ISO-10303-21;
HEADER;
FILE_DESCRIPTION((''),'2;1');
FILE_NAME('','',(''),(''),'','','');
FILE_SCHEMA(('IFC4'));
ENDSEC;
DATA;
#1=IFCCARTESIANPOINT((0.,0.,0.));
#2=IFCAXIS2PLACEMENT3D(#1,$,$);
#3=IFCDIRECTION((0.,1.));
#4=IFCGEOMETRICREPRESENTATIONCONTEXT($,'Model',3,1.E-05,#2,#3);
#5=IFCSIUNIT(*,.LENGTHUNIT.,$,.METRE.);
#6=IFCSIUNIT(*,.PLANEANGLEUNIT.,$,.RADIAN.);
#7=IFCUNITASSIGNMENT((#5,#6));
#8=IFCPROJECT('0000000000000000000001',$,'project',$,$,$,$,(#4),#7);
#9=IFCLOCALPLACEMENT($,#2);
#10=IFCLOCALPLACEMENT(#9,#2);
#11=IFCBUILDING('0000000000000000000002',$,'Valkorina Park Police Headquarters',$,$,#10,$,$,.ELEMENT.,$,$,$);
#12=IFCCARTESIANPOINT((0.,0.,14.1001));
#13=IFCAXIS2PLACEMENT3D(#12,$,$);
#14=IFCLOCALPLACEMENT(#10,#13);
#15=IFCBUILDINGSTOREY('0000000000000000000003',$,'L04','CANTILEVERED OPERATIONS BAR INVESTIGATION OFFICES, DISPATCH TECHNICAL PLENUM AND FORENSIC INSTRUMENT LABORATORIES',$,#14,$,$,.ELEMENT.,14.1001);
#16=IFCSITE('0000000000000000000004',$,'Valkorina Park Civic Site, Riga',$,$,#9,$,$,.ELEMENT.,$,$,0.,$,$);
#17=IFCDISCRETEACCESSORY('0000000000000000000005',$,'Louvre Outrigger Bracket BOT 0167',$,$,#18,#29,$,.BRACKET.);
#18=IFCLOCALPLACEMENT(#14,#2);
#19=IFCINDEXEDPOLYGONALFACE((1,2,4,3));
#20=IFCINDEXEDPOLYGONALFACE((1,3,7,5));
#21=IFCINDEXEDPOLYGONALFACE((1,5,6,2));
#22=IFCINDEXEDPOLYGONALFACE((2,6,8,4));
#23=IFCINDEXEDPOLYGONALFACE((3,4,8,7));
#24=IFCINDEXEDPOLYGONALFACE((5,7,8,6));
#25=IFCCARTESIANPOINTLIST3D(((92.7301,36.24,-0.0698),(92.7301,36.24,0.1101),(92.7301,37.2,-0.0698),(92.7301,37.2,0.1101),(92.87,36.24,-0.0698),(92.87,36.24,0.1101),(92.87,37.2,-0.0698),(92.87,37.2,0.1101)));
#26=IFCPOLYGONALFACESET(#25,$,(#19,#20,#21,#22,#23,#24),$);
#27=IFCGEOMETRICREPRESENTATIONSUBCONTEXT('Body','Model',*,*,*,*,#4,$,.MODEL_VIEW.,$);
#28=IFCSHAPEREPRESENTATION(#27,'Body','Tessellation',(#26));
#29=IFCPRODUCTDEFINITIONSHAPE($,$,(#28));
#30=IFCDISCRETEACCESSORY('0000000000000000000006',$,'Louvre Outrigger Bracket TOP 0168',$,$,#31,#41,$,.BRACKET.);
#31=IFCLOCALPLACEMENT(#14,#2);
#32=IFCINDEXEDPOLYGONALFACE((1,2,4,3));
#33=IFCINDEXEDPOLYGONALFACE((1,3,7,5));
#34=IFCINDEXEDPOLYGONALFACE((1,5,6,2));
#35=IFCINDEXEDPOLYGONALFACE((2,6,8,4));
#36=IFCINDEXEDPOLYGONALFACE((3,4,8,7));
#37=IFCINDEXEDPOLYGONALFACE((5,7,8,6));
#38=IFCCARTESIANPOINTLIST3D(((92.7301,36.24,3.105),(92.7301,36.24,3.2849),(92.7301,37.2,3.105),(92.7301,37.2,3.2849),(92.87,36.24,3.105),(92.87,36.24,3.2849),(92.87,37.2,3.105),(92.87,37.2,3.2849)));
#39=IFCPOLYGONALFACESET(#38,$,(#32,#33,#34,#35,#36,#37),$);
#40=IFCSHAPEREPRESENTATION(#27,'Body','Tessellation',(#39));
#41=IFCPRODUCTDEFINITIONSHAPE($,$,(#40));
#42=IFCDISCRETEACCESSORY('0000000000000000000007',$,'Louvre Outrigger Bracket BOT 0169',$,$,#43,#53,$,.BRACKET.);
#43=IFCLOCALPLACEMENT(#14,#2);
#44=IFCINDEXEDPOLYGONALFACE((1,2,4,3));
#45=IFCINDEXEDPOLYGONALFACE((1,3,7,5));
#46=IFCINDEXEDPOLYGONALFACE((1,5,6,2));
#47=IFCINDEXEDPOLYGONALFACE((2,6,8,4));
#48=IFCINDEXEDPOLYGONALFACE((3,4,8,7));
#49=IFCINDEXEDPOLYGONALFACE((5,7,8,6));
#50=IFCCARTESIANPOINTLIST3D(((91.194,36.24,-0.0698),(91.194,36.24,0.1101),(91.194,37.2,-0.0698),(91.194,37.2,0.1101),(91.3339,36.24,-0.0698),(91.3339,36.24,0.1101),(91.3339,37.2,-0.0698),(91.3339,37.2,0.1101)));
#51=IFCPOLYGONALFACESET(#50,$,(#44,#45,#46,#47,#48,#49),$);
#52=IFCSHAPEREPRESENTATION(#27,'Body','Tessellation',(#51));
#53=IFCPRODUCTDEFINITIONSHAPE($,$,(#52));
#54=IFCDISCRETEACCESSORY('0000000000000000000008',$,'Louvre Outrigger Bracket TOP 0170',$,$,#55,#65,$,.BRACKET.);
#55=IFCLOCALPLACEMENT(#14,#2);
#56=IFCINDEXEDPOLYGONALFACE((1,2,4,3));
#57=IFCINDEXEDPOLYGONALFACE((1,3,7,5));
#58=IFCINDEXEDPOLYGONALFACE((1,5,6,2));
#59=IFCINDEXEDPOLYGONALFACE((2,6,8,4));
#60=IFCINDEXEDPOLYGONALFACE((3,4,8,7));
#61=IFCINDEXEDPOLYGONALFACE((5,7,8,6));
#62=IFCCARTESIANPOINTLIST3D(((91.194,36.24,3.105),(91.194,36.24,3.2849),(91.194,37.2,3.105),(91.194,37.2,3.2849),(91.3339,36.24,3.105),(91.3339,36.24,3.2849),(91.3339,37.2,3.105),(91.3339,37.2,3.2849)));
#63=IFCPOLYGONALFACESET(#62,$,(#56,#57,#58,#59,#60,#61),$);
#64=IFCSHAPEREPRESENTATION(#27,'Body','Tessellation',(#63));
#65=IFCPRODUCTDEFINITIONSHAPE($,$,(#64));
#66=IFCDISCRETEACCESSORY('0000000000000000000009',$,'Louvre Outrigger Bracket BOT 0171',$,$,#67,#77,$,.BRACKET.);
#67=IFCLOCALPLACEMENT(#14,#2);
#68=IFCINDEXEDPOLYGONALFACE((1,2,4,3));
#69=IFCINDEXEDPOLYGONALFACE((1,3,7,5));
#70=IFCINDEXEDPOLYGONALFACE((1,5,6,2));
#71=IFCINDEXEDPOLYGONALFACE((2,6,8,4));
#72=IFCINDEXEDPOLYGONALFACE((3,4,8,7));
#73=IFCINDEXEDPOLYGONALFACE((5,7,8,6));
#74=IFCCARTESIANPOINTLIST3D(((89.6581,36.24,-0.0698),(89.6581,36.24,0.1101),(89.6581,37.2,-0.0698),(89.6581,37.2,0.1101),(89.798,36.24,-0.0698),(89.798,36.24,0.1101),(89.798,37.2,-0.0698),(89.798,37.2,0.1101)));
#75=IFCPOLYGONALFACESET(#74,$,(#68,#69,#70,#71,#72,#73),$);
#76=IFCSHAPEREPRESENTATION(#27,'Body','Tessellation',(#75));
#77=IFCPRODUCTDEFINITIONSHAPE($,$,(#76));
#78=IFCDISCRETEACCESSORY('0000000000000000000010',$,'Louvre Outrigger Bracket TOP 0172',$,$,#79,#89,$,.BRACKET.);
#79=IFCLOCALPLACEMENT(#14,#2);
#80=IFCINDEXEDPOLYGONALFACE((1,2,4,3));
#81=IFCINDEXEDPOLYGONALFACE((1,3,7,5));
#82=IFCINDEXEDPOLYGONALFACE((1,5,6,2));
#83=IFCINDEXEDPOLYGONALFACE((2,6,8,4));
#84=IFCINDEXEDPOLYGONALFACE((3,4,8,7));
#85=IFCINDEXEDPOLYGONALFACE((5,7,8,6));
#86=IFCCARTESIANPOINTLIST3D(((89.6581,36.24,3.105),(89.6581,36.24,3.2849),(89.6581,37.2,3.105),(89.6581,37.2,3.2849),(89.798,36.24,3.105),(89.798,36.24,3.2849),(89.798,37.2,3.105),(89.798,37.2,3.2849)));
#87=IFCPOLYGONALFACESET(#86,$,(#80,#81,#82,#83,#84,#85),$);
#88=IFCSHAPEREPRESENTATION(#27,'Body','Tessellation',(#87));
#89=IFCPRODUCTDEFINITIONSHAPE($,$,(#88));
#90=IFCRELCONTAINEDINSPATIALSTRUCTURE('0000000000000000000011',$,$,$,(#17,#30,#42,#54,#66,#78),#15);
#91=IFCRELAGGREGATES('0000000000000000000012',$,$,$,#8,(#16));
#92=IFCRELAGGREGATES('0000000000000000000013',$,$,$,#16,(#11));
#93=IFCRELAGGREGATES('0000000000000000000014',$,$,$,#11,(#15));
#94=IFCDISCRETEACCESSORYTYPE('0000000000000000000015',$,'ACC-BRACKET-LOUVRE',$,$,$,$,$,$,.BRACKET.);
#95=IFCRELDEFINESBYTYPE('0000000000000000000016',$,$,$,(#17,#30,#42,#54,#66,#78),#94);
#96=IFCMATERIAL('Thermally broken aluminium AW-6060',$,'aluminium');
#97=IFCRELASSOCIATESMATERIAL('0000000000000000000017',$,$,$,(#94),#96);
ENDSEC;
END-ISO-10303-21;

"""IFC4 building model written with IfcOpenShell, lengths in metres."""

from ifc_helpers import new_model, si_unit, direction, frame, origin, origin_2d, place, context, subcontext, project, spatial, rectangle, extrude, material, type_object, element, save


model = new_model("IFC4")

# Units and contexts
model_context = context("Model", 3, precision=1e-05, world=origin(), true_north=direction((0.0, 1.0)))
body_context = subcontext(model_context, "Body", "Model", "MODEL_VIEW")
ifc_project = project(units=[si_unit("LENGTHUNIT", "METRE"), si_unit("PLANEANGLEUNIT", "RADIAN")], contexts=[model_context])

# Site, building, storey
site_placement = place(None, origin())
site = spatial("IfcSite", under=ifc_project, at=site_placement, Name="Valkorina Park Civic Site, Riga", CompositionType="ELEMENT", RefElevation=0.0)
building_placement = place(site_placement, origin())
building = spatial("IfcBuilding", under=site, at=building_placement, Name="Valkorina Park Police Headquarters", CompositionType="ELEMENT")
storey_placement = place(building_placement, frame((0.0, 0.0, 14.1001)))
storey = spatial("IfcBuildingStorey", under=building, at=storey_placement, Name="L04", Description="CANTILEVERED OPERATIONS BAR INVESTIGATION OFFICES, DISPATCH TECHNICAL PLENUM AND FORENSIC INSTRUMENT LABORATORIES", CompositionType="ELEMENT", Elevation=14.1001)

# Shared definitions
ifc_material_1 = material(Name="Thermally broken aluminium AW-6060", Category="aluminium")

# Discrete accessories
discrete_accessory_type = type_object("IfcDiscreteAccessoryType", Name="ACC-BRACKET-LOUVRE", PredefinedType="BRACKET", material=ifc_material_1)
for number, where, z_axis, x_axis, name in (
    (1, (92.8, 36.72, -0.0698), (0.0, 0.0, 1.0), (0.0, -1.0, 0.0), "Louvre Outrigger Bracket BOT 0167"),
    (2, (92.8, 36.72, 3.105), (0.0, 0.0, 1.0), (0.0, -1.0, 0.0), "Louvre Outrigger Bracket TOP 0168"),
    (3, (91.2639, 36.72, -0.0698), (0.0, 0.0, 1.0), (0.0, -1.0, 0.0), "Louvre Outrigger Bracket BOT 0169"),
    (4, (91.2639, 36.72, 3.105), (0.0, 0.0, 1.0), (0.0, -1.0, 0.0), "Louvre Outrigger Bracket TOP 0170"),
    (5, (89.728, 36.72, -0.0698), (0.0, 0.0, 1.0), (0.0, -1.0, 0.0), "Louvre Outrigger Bracket BOT 0171"),
    (6, (89.728, 36.72, 3.105), (0.0, 0.0, 1.0), (0.0, -1.0, 0.0), "Louvre Outrigger Bracket TOP 0172"),
):
    element("IfcDiscreteAccessory", number, at=place(storey_placement, frame(where, z_axis=z_axis, x_axis=x_axis)), inside=storey, type_object=discrete_accessory_type, Name=name, PredefinedType="BRACKET", context=body_context, shape_type="SweptSolid", body=[
        extrude(rectangle(XDim=0.96, YDim=0.1399, at=origin_2d()), origin(), (0.0, 0.0, 1.0), 0.1799),
    ])

save(model, "model.ifc")
